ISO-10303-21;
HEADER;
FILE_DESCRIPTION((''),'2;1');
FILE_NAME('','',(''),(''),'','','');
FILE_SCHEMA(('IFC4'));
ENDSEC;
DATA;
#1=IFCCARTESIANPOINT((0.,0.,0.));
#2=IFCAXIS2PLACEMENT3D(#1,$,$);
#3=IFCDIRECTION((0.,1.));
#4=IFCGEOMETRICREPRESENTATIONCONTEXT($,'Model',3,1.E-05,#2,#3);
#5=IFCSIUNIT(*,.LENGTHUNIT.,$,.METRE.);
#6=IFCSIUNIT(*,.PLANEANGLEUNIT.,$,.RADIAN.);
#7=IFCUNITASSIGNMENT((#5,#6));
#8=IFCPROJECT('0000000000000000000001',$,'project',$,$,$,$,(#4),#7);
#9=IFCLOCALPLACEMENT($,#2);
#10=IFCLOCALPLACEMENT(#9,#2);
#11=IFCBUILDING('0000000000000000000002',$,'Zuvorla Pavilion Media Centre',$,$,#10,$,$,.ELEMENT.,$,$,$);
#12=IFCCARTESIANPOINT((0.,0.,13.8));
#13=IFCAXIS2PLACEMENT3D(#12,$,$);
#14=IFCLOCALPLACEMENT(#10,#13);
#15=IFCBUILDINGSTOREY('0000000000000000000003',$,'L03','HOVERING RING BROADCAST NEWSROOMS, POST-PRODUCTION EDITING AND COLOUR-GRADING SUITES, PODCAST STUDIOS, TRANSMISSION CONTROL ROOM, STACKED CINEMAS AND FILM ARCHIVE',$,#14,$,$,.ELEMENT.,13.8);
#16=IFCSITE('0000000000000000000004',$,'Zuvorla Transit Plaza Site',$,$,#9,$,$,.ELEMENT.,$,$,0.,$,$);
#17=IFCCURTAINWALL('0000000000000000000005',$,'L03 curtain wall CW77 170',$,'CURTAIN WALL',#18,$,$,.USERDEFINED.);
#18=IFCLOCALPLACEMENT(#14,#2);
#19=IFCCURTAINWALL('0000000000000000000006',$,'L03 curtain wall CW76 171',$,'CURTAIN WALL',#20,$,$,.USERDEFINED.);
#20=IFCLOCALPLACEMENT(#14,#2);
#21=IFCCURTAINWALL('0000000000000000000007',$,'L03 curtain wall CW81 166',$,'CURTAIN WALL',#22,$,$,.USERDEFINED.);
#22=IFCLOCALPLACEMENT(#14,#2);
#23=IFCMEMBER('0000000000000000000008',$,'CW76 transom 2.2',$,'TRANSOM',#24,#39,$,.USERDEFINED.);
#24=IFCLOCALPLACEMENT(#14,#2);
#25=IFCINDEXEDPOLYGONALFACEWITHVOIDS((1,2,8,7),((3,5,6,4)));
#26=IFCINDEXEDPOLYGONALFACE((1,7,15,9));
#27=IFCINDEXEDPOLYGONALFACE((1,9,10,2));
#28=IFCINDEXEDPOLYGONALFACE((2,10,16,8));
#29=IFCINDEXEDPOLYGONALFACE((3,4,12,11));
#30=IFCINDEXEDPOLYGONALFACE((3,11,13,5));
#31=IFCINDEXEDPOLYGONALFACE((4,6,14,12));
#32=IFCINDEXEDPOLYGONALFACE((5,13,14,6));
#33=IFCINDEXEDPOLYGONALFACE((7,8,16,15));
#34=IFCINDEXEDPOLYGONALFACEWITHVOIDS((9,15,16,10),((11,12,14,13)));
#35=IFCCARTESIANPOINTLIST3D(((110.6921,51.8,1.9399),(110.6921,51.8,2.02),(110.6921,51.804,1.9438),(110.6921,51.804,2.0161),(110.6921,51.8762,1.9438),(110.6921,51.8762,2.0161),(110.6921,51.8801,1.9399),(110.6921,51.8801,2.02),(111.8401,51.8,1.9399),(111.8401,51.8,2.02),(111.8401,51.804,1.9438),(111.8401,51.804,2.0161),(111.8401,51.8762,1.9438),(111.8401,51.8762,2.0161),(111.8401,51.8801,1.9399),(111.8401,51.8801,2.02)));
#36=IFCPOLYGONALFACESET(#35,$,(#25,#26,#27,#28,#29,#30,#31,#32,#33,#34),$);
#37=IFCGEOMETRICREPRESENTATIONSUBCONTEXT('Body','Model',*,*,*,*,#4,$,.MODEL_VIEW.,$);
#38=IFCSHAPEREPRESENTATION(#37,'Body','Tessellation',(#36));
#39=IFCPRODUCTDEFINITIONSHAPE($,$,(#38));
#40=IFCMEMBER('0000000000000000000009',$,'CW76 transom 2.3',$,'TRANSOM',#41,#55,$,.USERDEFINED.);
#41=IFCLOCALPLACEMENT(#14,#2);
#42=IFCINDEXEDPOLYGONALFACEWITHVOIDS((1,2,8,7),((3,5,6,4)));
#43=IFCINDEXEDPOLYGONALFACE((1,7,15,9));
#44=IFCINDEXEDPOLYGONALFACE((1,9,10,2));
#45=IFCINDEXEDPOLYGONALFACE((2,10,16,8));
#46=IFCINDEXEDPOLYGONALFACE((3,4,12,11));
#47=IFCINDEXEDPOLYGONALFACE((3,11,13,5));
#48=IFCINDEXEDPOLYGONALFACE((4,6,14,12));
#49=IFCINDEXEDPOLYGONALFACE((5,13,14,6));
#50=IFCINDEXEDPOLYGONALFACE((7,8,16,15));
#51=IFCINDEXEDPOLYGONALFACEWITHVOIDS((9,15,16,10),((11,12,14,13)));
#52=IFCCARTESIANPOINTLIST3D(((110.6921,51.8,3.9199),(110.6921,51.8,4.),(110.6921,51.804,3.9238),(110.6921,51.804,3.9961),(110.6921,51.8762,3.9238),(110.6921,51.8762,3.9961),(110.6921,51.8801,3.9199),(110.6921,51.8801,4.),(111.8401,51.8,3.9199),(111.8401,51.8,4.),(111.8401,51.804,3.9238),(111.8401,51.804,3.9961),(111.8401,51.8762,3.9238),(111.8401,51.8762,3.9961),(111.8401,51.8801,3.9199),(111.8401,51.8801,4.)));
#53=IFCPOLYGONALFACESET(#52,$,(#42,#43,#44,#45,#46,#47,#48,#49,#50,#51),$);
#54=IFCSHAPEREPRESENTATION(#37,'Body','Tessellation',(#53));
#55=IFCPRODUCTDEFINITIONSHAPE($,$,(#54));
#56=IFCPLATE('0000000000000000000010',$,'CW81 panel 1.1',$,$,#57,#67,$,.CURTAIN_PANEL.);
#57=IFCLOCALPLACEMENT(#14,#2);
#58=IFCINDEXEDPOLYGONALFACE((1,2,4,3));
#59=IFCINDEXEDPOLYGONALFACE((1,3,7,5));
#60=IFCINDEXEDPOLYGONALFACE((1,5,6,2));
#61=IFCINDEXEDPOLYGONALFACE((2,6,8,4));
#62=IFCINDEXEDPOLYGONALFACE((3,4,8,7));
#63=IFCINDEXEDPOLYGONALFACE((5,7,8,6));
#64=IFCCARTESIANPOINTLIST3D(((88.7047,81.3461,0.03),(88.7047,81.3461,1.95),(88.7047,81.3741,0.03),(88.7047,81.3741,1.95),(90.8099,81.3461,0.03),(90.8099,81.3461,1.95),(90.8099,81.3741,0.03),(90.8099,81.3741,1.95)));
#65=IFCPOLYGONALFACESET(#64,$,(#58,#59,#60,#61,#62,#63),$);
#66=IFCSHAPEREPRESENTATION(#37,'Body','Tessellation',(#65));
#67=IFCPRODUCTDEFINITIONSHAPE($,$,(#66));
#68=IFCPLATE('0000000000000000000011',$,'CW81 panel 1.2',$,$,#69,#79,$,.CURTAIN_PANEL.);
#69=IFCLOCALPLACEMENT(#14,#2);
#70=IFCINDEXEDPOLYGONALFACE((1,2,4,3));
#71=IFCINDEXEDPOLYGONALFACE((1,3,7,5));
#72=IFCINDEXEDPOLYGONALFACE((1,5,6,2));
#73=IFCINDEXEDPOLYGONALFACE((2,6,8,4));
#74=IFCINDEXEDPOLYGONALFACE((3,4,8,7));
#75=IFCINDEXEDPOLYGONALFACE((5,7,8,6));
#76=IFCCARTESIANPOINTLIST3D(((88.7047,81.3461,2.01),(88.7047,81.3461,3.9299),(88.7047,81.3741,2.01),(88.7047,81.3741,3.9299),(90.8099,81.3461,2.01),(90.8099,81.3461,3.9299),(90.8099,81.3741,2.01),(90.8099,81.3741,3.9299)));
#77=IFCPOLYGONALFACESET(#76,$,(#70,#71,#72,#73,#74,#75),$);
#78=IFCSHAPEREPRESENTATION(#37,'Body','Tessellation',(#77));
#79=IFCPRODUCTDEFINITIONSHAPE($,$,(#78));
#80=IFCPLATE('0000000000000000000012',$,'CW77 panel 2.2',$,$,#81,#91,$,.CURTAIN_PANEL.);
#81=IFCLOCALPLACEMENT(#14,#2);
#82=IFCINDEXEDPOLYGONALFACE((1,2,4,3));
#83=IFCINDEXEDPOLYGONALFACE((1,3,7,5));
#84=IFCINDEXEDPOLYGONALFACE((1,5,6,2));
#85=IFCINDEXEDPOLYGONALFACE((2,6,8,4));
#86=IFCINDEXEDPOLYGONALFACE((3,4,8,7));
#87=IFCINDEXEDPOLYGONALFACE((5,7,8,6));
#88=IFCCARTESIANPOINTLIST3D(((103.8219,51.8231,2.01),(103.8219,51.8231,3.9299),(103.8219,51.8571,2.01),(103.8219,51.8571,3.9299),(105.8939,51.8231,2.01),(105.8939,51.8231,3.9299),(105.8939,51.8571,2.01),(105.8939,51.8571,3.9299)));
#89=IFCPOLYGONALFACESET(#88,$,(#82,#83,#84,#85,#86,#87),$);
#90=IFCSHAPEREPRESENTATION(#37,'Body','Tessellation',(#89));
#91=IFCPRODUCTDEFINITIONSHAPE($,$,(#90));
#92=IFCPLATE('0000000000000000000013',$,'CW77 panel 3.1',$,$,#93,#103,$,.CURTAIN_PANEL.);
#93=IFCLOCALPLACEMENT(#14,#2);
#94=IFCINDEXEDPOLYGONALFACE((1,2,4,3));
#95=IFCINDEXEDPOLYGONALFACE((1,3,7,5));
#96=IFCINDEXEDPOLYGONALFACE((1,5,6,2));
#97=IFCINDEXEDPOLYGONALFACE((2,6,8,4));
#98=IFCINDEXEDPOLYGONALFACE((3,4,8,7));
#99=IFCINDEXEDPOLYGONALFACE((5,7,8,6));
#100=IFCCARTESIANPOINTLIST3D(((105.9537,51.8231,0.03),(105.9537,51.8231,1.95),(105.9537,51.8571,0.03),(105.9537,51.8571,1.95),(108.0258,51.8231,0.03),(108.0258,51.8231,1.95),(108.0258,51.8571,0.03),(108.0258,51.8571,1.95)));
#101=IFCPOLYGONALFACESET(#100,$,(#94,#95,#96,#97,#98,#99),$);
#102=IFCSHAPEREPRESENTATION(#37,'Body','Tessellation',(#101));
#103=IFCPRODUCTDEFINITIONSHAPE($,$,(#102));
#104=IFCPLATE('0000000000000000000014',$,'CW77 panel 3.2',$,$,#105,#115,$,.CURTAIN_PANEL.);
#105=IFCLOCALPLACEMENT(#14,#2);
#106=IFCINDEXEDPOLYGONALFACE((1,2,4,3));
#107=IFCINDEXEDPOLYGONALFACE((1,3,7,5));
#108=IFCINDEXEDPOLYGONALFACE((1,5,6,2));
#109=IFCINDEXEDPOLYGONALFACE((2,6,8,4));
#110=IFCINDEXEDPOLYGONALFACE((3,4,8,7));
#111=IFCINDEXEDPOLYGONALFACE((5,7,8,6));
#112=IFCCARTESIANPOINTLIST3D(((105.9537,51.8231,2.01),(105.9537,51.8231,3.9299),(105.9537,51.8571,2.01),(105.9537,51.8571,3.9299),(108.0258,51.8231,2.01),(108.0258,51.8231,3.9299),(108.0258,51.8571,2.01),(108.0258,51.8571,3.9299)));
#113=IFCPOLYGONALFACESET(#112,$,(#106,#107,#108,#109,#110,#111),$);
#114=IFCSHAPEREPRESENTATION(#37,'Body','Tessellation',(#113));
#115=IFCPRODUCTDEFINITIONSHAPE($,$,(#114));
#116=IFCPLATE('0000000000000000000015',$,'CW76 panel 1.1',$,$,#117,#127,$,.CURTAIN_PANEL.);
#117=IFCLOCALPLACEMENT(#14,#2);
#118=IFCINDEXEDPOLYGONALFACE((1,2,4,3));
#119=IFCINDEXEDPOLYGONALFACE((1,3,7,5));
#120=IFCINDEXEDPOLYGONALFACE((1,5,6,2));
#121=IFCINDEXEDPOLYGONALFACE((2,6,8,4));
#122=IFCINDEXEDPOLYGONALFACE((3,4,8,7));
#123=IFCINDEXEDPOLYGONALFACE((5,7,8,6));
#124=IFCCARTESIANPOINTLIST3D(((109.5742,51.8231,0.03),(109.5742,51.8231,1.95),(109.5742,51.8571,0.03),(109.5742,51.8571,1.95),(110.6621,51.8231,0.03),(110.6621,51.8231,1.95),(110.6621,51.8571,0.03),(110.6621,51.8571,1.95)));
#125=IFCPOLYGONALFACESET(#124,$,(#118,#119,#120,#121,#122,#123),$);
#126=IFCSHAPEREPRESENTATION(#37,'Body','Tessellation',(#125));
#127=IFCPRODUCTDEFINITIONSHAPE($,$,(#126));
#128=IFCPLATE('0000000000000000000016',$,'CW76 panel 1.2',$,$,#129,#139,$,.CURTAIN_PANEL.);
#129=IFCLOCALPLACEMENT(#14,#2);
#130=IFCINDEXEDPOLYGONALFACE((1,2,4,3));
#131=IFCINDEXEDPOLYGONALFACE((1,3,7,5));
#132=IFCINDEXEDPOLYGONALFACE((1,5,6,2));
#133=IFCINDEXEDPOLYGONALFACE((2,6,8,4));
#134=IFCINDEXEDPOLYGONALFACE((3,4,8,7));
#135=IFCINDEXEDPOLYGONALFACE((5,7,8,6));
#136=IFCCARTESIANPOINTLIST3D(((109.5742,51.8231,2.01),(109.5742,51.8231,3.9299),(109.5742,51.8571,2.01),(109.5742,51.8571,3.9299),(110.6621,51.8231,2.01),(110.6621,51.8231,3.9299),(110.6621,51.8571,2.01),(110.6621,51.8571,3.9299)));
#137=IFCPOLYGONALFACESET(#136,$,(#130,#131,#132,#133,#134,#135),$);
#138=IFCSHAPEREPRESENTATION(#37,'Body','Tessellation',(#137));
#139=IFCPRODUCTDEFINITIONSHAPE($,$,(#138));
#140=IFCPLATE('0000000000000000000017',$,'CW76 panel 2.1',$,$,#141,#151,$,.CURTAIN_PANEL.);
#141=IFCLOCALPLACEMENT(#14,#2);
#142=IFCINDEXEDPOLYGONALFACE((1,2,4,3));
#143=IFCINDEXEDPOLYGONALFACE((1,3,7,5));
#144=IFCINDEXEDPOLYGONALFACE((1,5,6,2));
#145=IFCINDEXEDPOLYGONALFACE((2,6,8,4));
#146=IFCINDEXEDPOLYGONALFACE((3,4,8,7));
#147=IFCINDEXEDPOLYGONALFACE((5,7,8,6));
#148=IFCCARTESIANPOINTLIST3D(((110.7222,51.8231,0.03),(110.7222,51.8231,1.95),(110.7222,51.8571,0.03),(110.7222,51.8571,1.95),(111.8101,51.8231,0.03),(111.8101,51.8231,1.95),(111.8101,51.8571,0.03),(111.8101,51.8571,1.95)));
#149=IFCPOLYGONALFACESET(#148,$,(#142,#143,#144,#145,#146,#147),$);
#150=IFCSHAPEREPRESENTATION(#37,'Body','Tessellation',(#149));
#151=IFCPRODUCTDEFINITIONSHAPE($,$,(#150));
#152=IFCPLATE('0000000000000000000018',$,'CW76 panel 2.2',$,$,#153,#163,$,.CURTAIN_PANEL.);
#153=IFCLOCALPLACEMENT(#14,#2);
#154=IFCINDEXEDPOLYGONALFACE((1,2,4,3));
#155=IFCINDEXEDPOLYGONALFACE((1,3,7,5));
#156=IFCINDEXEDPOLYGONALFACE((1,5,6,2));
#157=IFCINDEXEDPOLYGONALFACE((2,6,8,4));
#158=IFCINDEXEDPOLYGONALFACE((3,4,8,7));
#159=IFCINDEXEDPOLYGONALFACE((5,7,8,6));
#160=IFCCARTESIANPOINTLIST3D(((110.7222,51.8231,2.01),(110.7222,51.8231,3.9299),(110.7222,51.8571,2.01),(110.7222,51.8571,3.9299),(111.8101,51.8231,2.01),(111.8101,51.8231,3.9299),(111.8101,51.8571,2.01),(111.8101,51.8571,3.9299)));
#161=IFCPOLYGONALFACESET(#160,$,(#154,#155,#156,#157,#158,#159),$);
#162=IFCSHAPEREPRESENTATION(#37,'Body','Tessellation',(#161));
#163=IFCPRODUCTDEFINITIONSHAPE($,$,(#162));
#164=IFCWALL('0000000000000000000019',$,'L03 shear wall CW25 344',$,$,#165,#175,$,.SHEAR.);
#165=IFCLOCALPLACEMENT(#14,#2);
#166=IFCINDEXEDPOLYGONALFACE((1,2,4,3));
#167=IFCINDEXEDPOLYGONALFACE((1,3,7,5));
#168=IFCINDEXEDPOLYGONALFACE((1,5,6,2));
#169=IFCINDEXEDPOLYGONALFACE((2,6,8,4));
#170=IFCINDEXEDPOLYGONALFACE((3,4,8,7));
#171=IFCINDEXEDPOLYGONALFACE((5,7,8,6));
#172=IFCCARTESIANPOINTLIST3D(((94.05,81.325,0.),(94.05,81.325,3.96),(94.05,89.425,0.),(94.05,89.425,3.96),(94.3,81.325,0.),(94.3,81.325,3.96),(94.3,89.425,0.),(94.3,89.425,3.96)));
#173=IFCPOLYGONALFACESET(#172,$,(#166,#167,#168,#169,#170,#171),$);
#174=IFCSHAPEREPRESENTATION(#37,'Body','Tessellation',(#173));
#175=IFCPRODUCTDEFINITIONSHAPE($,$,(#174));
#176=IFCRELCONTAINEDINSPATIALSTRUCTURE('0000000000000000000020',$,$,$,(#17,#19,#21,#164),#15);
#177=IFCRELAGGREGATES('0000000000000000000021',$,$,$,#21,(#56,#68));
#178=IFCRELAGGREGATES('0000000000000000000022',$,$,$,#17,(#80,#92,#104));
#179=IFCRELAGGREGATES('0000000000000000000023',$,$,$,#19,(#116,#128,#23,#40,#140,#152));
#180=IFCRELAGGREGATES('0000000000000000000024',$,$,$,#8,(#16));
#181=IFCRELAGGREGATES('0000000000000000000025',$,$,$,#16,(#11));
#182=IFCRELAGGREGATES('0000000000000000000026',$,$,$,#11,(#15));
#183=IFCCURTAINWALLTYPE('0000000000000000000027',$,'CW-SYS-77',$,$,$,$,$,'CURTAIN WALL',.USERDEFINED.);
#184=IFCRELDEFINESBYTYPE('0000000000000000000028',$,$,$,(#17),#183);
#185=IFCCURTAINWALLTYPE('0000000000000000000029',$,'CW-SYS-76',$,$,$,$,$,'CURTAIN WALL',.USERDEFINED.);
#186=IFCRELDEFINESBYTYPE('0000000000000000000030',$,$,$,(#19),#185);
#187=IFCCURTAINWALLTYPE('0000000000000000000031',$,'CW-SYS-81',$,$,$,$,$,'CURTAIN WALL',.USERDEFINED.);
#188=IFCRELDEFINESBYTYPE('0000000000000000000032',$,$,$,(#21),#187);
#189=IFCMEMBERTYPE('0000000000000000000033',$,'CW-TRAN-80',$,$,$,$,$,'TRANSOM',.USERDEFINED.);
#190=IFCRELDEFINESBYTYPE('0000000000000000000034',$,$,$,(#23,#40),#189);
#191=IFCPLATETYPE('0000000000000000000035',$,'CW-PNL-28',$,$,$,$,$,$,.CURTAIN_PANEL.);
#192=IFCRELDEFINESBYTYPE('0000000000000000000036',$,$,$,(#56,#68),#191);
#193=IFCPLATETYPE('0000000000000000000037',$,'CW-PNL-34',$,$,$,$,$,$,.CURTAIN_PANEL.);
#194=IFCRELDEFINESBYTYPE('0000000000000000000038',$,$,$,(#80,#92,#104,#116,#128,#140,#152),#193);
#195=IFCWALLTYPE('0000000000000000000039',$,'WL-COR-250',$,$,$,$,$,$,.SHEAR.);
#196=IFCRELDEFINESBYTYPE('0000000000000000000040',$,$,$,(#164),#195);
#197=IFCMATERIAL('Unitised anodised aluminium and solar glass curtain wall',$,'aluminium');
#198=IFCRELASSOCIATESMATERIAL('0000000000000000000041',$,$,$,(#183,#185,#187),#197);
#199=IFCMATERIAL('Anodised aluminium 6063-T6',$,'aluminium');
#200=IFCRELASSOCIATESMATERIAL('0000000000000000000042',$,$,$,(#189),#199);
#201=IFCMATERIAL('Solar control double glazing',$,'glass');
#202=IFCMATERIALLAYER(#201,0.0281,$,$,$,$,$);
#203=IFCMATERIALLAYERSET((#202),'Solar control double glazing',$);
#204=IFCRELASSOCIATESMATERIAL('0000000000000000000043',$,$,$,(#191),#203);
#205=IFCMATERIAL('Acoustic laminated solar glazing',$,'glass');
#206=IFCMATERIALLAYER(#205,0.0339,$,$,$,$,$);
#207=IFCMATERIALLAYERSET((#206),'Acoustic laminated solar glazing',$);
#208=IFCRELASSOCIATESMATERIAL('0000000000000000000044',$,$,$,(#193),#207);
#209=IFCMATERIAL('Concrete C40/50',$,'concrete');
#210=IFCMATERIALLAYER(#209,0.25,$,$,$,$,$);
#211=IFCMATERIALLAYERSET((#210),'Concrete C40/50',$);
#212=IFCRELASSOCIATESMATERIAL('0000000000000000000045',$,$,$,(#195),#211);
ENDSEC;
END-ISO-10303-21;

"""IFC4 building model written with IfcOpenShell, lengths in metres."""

from ifc_helpers import new_model, si_unit, direction, frame, frame_2d, origin, origin_2d, place, context, subcontext, project, spatial, rectangle, hollow_rectangle, extrude, material, layer, layer_set, material_profile, profile_set, type_object, element, aggregate, save


model = new_model("IFC4")

# Units and contexts
model_context = context("Model", 3, precision=1e-05, world=origin(), true_north=direction((0.0, 1.0)))
body_context = subcontext(model_context, "Body", "Model", "MODEL_VIEW")
ifc_project = project(units=[si_unit("LENGTHUNIT", "METRE"), si_unit("PLANEANGLEUNIT", "RADIAN")], contexts=[model_context])

# Site, building, storey
site_placement = place(None, origin())
site = spatial("IfcSite", under=ifc_project, at=site_placement, Name="Zuvorla Transit Plaza Site", CompositionType="ELEMENT", RefElevation=0.0)
building_placement = place(site_placement, origin())
building = spatial("IfcBuilding", under=site, at=building_placement, Name="Zuvorla Pavilion Media Centre", CompositionType="ELEMENT")
storey_placement = place(building_placement, frame((0.0, 0.0, 13.8)))
storey = spatial("IfcBuildingStorey", under=building, at=storey_placement, Name="L03", Description="HOVERING RING BROADCAST NEWSROOMS, POST-PRODUCTION EDITING AND COLOUR-GRADING SUITES, PODCAST STUDIOS, TRANSMISSION CONTROL ROOM, STACKED CINEMAS AND FILM ARCHIVE", CompositionType="ELEMENT", Elevation=13.8)

# Curtain walls
ifc_material_1 = material(Name="Unitised anodised aluminium and solar glass curtain wall", Category="aluminium")
curtain_wall_type_1 = type_object("IfcCurtainWallType", Name="CW-SYS-77", ElementType="CURTAIN WALL", PredefinedType="USERDEFINED", material=ifc_material_1)
curtain_wall_1_placement = place(storey_placement, origin())
curtain_wall_1 = element("IfcCurtainWall", 1, at=curtain_wall_1_placement, inside=storey, type_object=curtain_wall_type_1, Name="L03 curtain wall CW77 170", ObjectType="CURTAIN WALL", PredefinedType="USERDEFINED")
ifc_material_2 = material(Name="Anodised aluminium 6063-T6", Category="aluminium")
curtain_wall_type_2 = type_object("IfcCurtainWallType", Name="CW-SYS-76", ElementType="CURTAIN WALL", PredefinedType="USERDEFINED", material=ifc_material_1)
curtain_wall_2_placement = place(storey_placement, origin())
curtain_wall_2 = element("IfcCurtainWall", 2, at=curtain_wall_2_placement, inside=storey, type_object=curtain_wall_type_2, Name="L03 curtain wall CW76 171", ObjectType="CURTAIN WALL", PredefinedType="USERDEFINED")
curtain_wall_type_3 = type_object("IfcCurtainWallType", Name="CW-SYS-81", ElementType="CURTAIN WALL", PredefinedType="USERDEFINED", material=ifc_material_1)
curtain_wall_3_placement = place(storey_placement, origin())
curtain_wall_3 = element("IfcCurtainWall", 3, at=curtain_wall_3_placement, inside=storey, type_object=curtain_wall_type_3, Name="L03 curtain wall CW81 166", ObjectType="CURTAIN WALL", PredefinedType="USERDEFINED")

# Members
ifc_material_profile_1 = material_profile(ifc_material_2, hollow_rectangle(XDim=0.0801, YDim=0.0801, WallThickness=0.0039, at=origin_2d()), Name="ALU TRAN 80x80")
ifc_profile_set_1 = profile_set([ifc_material_profile_1], Name="Anodised aluminium 6063-T6")
member_type_1 = type_object("IfcMemberType", Name="CW-TRAN-80", ElementType="TRANSOM", PredefinedType="USERDEFINED", material=ifc_profile_set_1)
member_1_placement = place(storey_placement, frame((110.6921, 51.8401, 1.98), z_axis=(1.0, 0.0, 0.0), x_axis=(0.0, 1.0, 0.0)))
member_1 = element("IfcMember", 4, at=member_1_placement, type_object=member_type_1, Name="CW76 transom 2.2", ObjectType="TRANSOM", PredefinedType="USERDEFINED", context=body_context, shape_type="SweptSolid", body=[
    extrude(hollow_rectangle(XDim=0.0801, YDim=0.0801, WallThickness=0.0039, at=origin_2d()), origin(), (0.0, 0.0, 1.0), 1.1479),
])
member_2_placement = place(storey_placement, frame((110.6921, 51.8401, 3.96), z_axis=(1.0, 0.0, 0.0), x_axis=(0.0, 1.0, 0.0)))
member_2 = element("IfcMember", 5, at=member_2_placement, type_object=member_type_1, Name="CW76 transom 2.3", ObjectType="TRANSOM", PredefinedType="USERDEFINED", context=body_context, shape_type="SweptSolid", body=[
    extrude(hollow_rectangle(XDim=0.0801, YDim=0.0801, WallThickness=0.0039, at=origin_2d()), origin(), (0.0, 0.0, 1.0), 1.1479),
])

# Plates
ifc_material_3 = material(Name="Solar control double glazing", Category="glass")
ifc_layer_1 = layer(ifc_material_3, 0.0281)
ifc_layer_set_1 = layer_set([ifc_layer_1], Name="Solar control double glazing")
plate_type_1 = type_object("IfcPlateType", Name="CW-PNL-28", PredefinedType="CURTAIN_PANEL", material=ifc_layer_set_1)
plate_1_placement = place(storey_placement, frame((89.7573, 81.3601, 0.03), z_axis=(0.0, 0.0, 1.0), x_axis=(-1.0, 0.0, 0.0)))
plate_1 = element("IfcPlate", 6, at=plate_1_placement, type_object=plate_type_1, Name="CW81 panel 1.1", PredefinedType="CURTAIN_PANEL", context=body_context, shape_type="SweptSolid", body=[
    extrude(rectangle(XDim=2.1052, YDim=0.0281, at=origin_2d()), origin(), (0.0, 0.0, 1.0), 1.9199),
])
plate_2_placement = place(storey_placement, frame((89.7573, 81.3601, 2.01), z_axis=(0.0, 0.0, 1.0), x_axis=(-1.0, 0.0, 0.0)))
plate_2 = element("IfcPlate", 7, at=plate_2_placement, type_object=plate_type_1, Name="CW81 panel 1.2", PredefinedType="CURTAIN_PANEL", context=body_context, shape_type="SweptSolid", body=[
    extrude(rectangle(XDim=2.1052, YDim=0.0281, at=origin_2d()), origin(), (0.0, 0.0, 1.0), 1.9199),
])
aggregate(curtain_wall_3, [plate_1, plate_2])
ifc_material_4 = material(Name="Acoustic laminated solar glazing", Category="glass")
ifc_layer_2 = layer(ifc_material_4, 0.0339)
ifc_layer_set_2 = layer_set([ifc_layer_2], Name="Acoustic laminated solar glazing")
plate_type_2 = type_object("IfcPlateType", Name="CW-PNL-34", PredefinedType="CURTAIN_PANEL", material=ifc_layer_set_2)
plate_3_placement = place(storey_placement, frame((104.8579, 51.8401, 2.01), z_axis=(0.0, 0.0, 1.0), x_axis=(1.0, 0.0, 0.0)))
plate_3 = element("IfcPlate", 8, at=plate_3_placement, type_object=plate_type_2, Name="CW77 panel 2.2", PredefinedType="CURTAIN_PANEL", context=body_context, shape_type="SweptSolid", body=[
    extrude(rectangle(XDim=2.072, YDim=0.0339, at=origin_2d()), origin(), (0.0, 0.0, 1.0), 1.9199),
])
plate_4_placement = place(storey_placement, frame((106.9897, 51.8401, 0.03), z_axis=(0.0, 0.0, 1.0), x_axis=(1.0, 0.0, 0.0)))
plate_4 = element("IfcPlate", 9, at=plate_4_placement, type_object=plate_type_2, Name="CW77 panel 3.1", PredefinedType="CURTAIN_PANEL", context=body_context, shape_type="SweptSolid", body=[
    extrude(rectangle(XDim=2.072, YDim=0.0339, at=origin_2d()), origin(), (0.0, 0.0, 1.0), 1.9199),
])
plate_5_placement = place(storey_placement, frame((106.9897, 51.8401, 2.01), z_axis=(0.0, 0.0, 1.0), x_axis=(1.0, 0.0, 0.0)))
plate_5 = element("IfcPlate", 10, at=plate_5_placement, type_object=plate_type_2, Name="CW77 panel 3.2", PredefinedType="CURTAIN_PANEL", context=body_context, shape_type="SweptSolid", body=[
    extrude(rectangle(XDim=2.072, YDim=0.0339, at=origin_2d()), origin(), (0.0, 0.0, 1.0), 1.9199),
])
aggregate(curtain_wall_1, [plate_3, plate_4, plate_5])
plate_6_placement = place(storey_placement, frame((110.1182, 51.8401, 0.03), z_axis=(0.0, 0.0, 1.0), x_axis=(1.0, 0.0, 0.0)))
plate_6 = element("IfcPlate", 11, at=plate_6_placement, type_object=plate_type_2, Name="CW76 panel 1.1", PredefinedType="CURTAIN_PANEL", context=body_context, shape_type="SweptSolid", body=[
    extrude(rectangle(XDim=1.0879, YDim=0.0339, at=origin_2d()), origin(), (0.0, 0.0, 1.0), 1.9199),
])
plate_7_placement = place(storey_placement, frame((110.1182, 51.8401, 2.01), z_axis=(0.0, 0.0, 1.0), x_axis=(1.0, 0.0, 0.0)))
plate_7 = element("IfcPlate", 12, at=plate_7_placement, type_object=plate_type_2, Name="CW76 panel 1.2", PredefinedType="CURTAIN_PANEL", context=body_context, shape_type="SweptSolid", body=[
    extrude(rectangle(XDim=1.0879, YDim=0.0339, at=origin_2d()), origin(), (0.0, 0.0, 1.0), 1.9199),
])
plate_8_placement = place(storey_placement, frame((111.2661, 51.8401, 0.03), z_axis=(0.0, 0.0, 1.0), x_axis=(1.0, 0.0, 0.0)))
plate_8 = element("IfcPlate", 13, at=plate_8_placement, type_object=plate_type_2, Name="CW76 panel 2.1", PredefinedType="CURTAIN_PANEL", context=body_context, shape_type="SweptSolid", body=[
    extrude(rectangle(XDim=1.0879, YDim=0.0339, at=origin_2d()), origin(), (0.0, 0.0, 1.0), 1.9199),
])
plate_9_placement = place(storey_placement, frame((111.2661, 51.8401, 2.01), z_axis=(0.0, 0.0, 1.0), x_axis=(1.0, 0.0, 0.0)))
plate_9 = element("IfcPlate", 14, at=plate_9_placement, type_object=plate_type_2, Name="CW76 panel 2.2", PredefinedType="CURTAIN_PANEL", context=body_context, shape_type="SweptSolid", body=[
    extrude(rectangle(XDim=1.0879, YDim=0.0339, at=origin_2d()), origin(), (0.0, 0.0, 1.0), 1.9199),
])
aggregate(curtain_wall_2, [plate_6, plate_7, member_1, member_2, plate_8, plate_9])

# Wall
ifc_material_5 = material(Name="Concrete C40/50", Category="concrete")
ifc_layer_3 = layer(ifc_material_5, 0.25)
ifc_layer_set_3 = layer_set([ifc_layer_3], Name="Concrete C40/50")
wall_type = type_object("IfcWallType", Name="WL-COR-250", PredefinedType="SHEAR", material=ifc_layer_set_3)
wall_1_placement = place(storey_placement, frame((94.175, 81.325, 0.0), z_axis=(0.0, 0.0, 1.0), x_axis=(0.0, 1.0, 0.0)))
element("IfcWall", 15, at=wall_1_placement, inside=storey, type_object=wall_type, Name="L03 shear wall CW25 344", PredefinedType="SHEAR", context=body_context, shape_type="SweptSolid", body=[
    extrude(rectangle(XDim=8.1001, YDim=0.25, at=frame_2d((4.05, 0.0))), origin(), (0.0, 0.0, 1.0), 3.96),
])

save(model, "model.ifc")
